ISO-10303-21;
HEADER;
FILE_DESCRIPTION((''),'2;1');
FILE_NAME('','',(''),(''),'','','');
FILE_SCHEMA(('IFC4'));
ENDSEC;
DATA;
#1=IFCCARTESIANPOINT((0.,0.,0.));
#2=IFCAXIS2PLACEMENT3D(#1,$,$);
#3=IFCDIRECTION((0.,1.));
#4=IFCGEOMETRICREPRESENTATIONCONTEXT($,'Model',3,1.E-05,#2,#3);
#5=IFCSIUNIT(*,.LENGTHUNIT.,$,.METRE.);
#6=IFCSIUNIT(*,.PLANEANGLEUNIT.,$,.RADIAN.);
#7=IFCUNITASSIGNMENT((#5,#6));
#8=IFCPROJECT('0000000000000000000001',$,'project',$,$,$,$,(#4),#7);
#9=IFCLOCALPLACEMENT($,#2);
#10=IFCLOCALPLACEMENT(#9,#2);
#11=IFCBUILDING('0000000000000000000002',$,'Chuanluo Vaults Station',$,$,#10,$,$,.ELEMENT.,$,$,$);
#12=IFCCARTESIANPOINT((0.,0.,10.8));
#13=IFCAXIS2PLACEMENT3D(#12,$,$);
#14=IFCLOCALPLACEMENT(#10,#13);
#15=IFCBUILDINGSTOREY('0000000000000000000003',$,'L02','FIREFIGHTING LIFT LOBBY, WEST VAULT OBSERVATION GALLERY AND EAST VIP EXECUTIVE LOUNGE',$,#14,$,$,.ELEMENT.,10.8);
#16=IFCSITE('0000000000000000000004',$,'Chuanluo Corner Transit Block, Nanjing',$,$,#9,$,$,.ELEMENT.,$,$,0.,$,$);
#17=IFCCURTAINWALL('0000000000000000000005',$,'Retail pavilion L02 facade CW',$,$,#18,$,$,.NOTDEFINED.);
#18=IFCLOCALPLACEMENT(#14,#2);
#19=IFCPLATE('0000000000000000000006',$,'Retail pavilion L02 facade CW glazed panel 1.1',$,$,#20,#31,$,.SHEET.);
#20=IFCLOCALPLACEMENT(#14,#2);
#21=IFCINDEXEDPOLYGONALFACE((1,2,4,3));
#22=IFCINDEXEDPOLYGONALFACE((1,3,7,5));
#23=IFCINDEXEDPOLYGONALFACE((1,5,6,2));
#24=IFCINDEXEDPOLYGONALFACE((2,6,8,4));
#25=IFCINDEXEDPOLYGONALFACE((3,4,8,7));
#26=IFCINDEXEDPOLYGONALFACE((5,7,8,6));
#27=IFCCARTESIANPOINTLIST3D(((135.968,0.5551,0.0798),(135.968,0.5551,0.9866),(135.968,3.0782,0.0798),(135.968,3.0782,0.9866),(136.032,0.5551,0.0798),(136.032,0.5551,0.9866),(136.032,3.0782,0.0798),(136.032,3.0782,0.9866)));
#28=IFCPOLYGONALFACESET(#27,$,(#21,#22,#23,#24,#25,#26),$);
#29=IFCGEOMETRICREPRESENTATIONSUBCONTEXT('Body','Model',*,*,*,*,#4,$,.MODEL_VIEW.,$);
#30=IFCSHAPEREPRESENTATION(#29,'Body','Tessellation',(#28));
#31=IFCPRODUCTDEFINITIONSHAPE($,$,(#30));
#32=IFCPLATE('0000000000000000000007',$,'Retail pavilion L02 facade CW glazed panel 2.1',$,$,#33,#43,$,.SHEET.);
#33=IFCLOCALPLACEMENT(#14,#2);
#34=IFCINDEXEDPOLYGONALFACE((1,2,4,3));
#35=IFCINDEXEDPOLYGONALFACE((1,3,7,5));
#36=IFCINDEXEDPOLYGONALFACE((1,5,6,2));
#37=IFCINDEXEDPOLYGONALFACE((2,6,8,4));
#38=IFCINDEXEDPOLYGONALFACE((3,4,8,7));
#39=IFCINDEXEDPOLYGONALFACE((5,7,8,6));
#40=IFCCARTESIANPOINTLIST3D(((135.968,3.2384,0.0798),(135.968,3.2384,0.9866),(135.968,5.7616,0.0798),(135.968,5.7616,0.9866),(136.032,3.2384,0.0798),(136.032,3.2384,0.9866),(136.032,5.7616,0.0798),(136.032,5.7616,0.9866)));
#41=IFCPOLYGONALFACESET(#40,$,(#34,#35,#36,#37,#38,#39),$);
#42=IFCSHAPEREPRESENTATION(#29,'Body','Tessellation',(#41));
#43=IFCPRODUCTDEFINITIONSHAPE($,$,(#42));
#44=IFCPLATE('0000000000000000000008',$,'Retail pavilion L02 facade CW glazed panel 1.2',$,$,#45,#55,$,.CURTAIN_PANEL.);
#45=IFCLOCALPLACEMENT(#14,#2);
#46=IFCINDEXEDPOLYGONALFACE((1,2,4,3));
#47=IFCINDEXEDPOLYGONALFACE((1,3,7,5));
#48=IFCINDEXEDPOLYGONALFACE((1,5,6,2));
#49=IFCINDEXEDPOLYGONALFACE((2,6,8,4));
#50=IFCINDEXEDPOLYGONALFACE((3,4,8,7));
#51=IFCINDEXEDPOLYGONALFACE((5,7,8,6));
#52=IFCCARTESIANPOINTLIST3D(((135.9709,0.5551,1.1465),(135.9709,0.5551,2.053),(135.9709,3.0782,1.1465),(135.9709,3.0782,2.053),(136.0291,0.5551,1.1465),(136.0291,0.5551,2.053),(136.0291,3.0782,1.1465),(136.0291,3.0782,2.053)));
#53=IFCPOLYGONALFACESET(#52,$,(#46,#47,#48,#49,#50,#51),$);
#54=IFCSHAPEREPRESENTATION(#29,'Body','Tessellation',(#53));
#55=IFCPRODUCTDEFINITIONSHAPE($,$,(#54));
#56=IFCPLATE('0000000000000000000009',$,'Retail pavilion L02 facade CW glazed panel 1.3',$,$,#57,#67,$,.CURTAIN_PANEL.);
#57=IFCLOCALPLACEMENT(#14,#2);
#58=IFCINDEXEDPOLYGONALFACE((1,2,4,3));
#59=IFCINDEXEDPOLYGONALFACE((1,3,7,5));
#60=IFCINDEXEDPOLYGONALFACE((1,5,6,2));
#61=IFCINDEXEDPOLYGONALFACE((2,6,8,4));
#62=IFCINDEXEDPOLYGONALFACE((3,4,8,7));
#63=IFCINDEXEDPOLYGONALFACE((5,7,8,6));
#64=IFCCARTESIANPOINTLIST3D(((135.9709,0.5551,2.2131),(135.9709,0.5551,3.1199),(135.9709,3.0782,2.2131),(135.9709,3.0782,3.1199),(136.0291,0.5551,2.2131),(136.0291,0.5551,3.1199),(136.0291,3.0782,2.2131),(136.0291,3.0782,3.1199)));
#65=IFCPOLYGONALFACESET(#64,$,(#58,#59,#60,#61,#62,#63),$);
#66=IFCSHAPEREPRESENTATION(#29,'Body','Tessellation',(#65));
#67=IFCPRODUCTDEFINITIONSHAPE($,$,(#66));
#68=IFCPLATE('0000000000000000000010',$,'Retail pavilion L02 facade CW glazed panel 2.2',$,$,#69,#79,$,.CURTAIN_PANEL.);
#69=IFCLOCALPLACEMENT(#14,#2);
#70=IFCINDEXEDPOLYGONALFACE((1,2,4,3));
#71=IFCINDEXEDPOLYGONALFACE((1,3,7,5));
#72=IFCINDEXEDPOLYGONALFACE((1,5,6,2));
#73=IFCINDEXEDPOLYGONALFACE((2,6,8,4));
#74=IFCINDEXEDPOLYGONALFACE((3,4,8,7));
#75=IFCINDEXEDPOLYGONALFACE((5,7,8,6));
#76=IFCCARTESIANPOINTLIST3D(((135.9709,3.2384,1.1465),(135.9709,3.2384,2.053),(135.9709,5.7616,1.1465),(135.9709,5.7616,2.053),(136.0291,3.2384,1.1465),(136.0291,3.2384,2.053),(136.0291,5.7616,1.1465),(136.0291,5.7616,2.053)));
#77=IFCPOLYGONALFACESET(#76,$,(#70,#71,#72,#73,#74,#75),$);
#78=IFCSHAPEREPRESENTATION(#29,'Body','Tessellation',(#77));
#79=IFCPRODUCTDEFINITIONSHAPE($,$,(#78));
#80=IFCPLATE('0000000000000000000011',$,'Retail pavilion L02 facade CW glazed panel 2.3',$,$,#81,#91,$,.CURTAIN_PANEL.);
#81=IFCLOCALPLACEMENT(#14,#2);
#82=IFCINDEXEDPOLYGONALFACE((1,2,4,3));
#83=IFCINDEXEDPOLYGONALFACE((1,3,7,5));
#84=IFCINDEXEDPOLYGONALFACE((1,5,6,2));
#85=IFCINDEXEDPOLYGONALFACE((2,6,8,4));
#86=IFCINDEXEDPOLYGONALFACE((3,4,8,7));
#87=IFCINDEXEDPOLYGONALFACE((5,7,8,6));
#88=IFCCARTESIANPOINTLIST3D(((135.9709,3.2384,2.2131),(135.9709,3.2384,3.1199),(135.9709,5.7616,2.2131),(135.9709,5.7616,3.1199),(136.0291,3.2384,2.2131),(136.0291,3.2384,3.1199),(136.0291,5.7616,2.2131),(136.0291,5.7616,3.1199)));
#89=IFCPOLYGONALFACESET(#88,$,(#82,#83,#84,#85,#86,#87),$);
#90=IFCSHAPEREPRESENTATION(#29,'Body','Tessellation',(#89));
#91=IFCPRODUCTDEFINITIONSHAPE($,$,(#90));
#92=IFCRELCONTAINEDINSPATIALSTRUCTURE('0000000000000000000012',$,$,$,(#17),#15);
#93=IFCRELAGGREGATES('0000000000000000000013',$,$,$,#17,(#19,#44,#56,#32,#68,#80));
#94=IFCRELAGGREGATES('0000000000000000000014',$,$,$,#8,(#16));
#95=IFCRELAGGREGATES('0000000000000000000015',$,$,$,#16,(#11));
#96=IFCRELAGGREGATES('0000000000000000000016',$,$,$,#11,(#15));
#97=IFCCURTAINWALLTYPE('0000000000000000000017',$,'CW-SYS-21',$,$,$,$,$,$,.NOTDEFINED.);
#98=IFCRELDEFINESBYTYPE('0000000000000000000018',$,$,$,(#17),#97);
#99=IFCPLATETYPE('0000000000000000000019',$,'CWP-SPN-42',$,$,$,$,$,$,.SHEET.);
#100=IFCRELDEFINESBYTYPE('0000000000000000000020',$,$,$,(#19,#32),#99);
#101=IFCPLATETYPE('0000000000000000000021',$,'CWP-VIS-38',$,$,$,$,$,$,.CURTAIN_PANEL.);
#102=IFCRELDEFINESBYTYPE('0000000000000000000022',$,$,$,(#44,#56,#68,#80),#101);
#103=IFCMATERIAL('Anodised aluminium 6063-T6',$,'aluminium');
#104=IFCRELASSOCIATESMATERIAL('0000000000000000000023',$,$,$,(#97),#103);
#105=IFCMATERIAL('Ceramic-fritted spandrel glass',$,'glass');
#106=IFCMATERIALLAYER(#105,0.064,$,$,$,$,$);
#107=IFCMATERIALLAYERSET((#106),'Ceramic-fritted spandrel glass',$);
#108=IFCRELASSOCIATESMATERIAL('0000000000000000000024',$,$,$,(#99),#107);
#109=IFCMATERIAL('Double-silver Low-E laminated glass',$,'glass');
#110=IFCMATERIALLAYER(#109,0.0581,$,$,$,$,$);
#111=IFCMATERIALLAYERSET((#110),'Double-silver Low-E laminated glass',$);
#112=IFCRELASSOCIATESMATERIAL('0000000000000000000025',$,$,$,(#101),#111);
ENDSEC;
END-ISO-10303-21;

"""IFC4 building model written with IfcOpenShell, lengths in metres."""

from ifc_helpers import new_model, si_unit, direction, frame, origin, origin_2d, place, context, subcontext, project, spatial, rectangle, extrude, material, layer, layer_set, type_object, element, aggregate, save


model = new_model("IFC4")

# Units and contexts
model_context = context("Model", 3, precision=1e-05, world=origin(), true_north=direction((0.0, 1.0)))
body_context = subcontext(model_context, "Body", "Model", "MODEL_VIEW")
ifc_project = project(units=[si_unit("LENGTHUNIT", "METRE"), si_unit("PLANEANGLEUNIT", "RADIAN")], contexts=[model_context])

# Site, building, storey
site_placement = place(None, origin())
site = spatial("IfcSite", under=ifc_project, at=site_placement, Name="Chuanluo Corner Transit Block, Nanjing", CompositionType="ELEMENT", RefElevation=0.0)
building_placement = place(site_placement, origin())
building = spatial("IfcBuilding", under=site, at=building_placement, Name="Chuanluo Vaults Station", CompositionType="ELEMENT")
storey_placement = place(building_placement, frame((0.0, 0.0, 10.8)))
storey = spatial("IfcBuildingStorey", under=building, at=storey_placement, Name="L02", Description="FIREFIGHTING LIFT LOBBY, WEST VAULT OBSERVATION GALLERY AND EAST VIP EXECUTIVE LOUNGE", CompositionType="ELEMENT", Elevation=10.8)

# Curtain wall, plates
ifc_material_1 = material(Name="Anodised aluminium 6063-T6", Category="aluminium")
curtain_wall_type = type_object("IfcCurtainWallType", Name="CW-SYS-21", PredefinedType="NOTDEFINED", material=ifc_material_1)
curtain_wall_placement = place(storey_placement, origin())
curtain_wall = element("IfcCurtainWall", 1, at=curtain_wall_placement, inside=storey, type_object=curtain_wall_type, Name="Retail pavilion L02 facade CW", PredefinedType="NOTDEFINED")
ifc_material_2 = material(Name="Ceramic-fritted spandrel glass", Category="glass")
ifc_layer_1 = layer(ifc_material_2, 0.064)
ifc_layer_set_1 = layer_set([ifc_layer_1], Name="Ceramic-fritted spandrel glass")
plate_type_1 = type_object("IfcPlateType", Name="CWP-SPN-42", PredefinedType="SHEET", material=ifc_layer_set_1)
plate_1_placement = place(storey_placement, frame((136.0, 1.8167, 0.0798), z_axis=(0.0, 0.0, 1.0), x_axis=(0.0, 1.0, 0.0)))
plate_1 = element("IfcPlate", 2, at=plate_1_placement, type_object=plate_type_1, Name="Retail pavilion L02 facade CW glazed panel 1.1", PredefinedType="SHEET", context=body_context, shape_type="SweptSolid", body=[
    extrude(rectangle(XDim=2.5232, YDim=0.064, at=origin_2d()), origin(), (0.0, 0.0, 1.0), 0.9067),
])
plate_2_placement = place(storey_placement, frame((136.0, 4.5, 0.0798), z_axis=(0.0, 0.0, 1.0), x_axis=(0.0, 1.0, 0.0)))
plate_2 = element("IfcPlate", 3, at=plate_2_placement, type_object=plate_type_1, Name="Retail pavilion L02 facade CW glazed panel 2.1", PredefinedType="SHEET", context=body_context, shape_type="SweptSolid", body=[
    extrude(rectangle(XDim=2.5232, YDim=0.064, at=origin_2d()), origin(), (0.0, 0.0, 1.0), 0.9067),
])
ifc_material_3 = material(Name="Double-silver Low-E laminated glass", Category="glass")
ifc_layer_2 = layer(ifc_material_3, 0.0581)
ifc_layer_set_2 = layer_set([ifc_layer_2], Name="Double-silver Low-E laminated glass")
plate_type_2 = type_object("IfcPlateType", Name="CWP-VIS-38", PredefinedType="CURTAIN_PANEL", material=ifc_layer_set_2)
plate_3_placement = place(storey_placement, frame((136.0, 1.8167, 1.1465), z_axis=(0.0, 0.0, 1.0), x_axis=(0.0, 1.0, 0.0)))
plate_3 = element("IfcPlate", 4, at=plate_3_placement, type_object=plate_type_2, Name="Retail pavilion L02 facade CW glazed panel 1.2", PredefinedType="CURTAIN_PANEL", context=body_context, shape_type="SweptSolid", body=[
    extrude(rectangle(XDim=2.5232, YDim=0.0581, at=origin_2d()), origin(), (0.0, 0.0, 1.0), 0.9065),
])
plate_4_placement = place(storey_placement, frame((136.0, 1.8167, 2.2131), z_axis=(0.0, 0.0, 1.0), x_axis=(0.0, 1.0, 0.0)))
plate_4 = element("IfcPlate", 5, at=plate_4_placement, type_object=plate_type_2, Name="Retail pavilion L02 facade CW glazed panel 1.3", PredefinedType="CURTAIN_PANEL", context=body_context, shape_type="SweptSolid", body=[
    extrude(rectangle(XDim=2.5232, YDim=0.0581, at=origin_2d()), origin(), (0.0, 0.0, 1.0), 0.9067),
])
plate_5_placement = place(storey_placement, frame((136.0, 4.5, 1.1465), z_axis=(0.0, 0.0, 1.0), x_axis=(0.0, 1.0, 0.0)))
plate_5 = element("IfcPlate", 6, at=plate_5_placement, type_object=plate_type_2, Name="Retail pavilion L02 facade CW glazed panel 2.2", PredefinedType="CURTAIN_PANEL", context=body_context, shape_type="SweptSolid", body=[
    extrude(rectangle(XDim=2.5232, YDim=0.0581, at=origin_2d()), origin(), (0.0, 0.0, 1.0), 0.9065),
])
plate_6_placement = place(storey_placement, frame((136.0, 4.5, 2.2131), z_axis=(0.0, 0.0, 1.0), x_axis=(0.0, 1.0, 0.0)))
plate_6 = element("IfcPlate", 7, at=plate_6_placement, type_object=plate_type_2, Name="Retail pavilion L02 facade CW glazed panel 2.3", PredefinedType="CURTAIN_PANEL", context=body_context, shape_type="SweptSolid", body=[
    extrude(rectangle(XDim=2.5232, YDim=0.0581, at=origin_2d()), origin(), (0.0, 0.0, 1.0), 0.9067),
])
aggregate(curtain_wall, [plate_1, plate_3, plate_4, plate_2, plate_5, plate_6])

save(model, "model.ifc")
